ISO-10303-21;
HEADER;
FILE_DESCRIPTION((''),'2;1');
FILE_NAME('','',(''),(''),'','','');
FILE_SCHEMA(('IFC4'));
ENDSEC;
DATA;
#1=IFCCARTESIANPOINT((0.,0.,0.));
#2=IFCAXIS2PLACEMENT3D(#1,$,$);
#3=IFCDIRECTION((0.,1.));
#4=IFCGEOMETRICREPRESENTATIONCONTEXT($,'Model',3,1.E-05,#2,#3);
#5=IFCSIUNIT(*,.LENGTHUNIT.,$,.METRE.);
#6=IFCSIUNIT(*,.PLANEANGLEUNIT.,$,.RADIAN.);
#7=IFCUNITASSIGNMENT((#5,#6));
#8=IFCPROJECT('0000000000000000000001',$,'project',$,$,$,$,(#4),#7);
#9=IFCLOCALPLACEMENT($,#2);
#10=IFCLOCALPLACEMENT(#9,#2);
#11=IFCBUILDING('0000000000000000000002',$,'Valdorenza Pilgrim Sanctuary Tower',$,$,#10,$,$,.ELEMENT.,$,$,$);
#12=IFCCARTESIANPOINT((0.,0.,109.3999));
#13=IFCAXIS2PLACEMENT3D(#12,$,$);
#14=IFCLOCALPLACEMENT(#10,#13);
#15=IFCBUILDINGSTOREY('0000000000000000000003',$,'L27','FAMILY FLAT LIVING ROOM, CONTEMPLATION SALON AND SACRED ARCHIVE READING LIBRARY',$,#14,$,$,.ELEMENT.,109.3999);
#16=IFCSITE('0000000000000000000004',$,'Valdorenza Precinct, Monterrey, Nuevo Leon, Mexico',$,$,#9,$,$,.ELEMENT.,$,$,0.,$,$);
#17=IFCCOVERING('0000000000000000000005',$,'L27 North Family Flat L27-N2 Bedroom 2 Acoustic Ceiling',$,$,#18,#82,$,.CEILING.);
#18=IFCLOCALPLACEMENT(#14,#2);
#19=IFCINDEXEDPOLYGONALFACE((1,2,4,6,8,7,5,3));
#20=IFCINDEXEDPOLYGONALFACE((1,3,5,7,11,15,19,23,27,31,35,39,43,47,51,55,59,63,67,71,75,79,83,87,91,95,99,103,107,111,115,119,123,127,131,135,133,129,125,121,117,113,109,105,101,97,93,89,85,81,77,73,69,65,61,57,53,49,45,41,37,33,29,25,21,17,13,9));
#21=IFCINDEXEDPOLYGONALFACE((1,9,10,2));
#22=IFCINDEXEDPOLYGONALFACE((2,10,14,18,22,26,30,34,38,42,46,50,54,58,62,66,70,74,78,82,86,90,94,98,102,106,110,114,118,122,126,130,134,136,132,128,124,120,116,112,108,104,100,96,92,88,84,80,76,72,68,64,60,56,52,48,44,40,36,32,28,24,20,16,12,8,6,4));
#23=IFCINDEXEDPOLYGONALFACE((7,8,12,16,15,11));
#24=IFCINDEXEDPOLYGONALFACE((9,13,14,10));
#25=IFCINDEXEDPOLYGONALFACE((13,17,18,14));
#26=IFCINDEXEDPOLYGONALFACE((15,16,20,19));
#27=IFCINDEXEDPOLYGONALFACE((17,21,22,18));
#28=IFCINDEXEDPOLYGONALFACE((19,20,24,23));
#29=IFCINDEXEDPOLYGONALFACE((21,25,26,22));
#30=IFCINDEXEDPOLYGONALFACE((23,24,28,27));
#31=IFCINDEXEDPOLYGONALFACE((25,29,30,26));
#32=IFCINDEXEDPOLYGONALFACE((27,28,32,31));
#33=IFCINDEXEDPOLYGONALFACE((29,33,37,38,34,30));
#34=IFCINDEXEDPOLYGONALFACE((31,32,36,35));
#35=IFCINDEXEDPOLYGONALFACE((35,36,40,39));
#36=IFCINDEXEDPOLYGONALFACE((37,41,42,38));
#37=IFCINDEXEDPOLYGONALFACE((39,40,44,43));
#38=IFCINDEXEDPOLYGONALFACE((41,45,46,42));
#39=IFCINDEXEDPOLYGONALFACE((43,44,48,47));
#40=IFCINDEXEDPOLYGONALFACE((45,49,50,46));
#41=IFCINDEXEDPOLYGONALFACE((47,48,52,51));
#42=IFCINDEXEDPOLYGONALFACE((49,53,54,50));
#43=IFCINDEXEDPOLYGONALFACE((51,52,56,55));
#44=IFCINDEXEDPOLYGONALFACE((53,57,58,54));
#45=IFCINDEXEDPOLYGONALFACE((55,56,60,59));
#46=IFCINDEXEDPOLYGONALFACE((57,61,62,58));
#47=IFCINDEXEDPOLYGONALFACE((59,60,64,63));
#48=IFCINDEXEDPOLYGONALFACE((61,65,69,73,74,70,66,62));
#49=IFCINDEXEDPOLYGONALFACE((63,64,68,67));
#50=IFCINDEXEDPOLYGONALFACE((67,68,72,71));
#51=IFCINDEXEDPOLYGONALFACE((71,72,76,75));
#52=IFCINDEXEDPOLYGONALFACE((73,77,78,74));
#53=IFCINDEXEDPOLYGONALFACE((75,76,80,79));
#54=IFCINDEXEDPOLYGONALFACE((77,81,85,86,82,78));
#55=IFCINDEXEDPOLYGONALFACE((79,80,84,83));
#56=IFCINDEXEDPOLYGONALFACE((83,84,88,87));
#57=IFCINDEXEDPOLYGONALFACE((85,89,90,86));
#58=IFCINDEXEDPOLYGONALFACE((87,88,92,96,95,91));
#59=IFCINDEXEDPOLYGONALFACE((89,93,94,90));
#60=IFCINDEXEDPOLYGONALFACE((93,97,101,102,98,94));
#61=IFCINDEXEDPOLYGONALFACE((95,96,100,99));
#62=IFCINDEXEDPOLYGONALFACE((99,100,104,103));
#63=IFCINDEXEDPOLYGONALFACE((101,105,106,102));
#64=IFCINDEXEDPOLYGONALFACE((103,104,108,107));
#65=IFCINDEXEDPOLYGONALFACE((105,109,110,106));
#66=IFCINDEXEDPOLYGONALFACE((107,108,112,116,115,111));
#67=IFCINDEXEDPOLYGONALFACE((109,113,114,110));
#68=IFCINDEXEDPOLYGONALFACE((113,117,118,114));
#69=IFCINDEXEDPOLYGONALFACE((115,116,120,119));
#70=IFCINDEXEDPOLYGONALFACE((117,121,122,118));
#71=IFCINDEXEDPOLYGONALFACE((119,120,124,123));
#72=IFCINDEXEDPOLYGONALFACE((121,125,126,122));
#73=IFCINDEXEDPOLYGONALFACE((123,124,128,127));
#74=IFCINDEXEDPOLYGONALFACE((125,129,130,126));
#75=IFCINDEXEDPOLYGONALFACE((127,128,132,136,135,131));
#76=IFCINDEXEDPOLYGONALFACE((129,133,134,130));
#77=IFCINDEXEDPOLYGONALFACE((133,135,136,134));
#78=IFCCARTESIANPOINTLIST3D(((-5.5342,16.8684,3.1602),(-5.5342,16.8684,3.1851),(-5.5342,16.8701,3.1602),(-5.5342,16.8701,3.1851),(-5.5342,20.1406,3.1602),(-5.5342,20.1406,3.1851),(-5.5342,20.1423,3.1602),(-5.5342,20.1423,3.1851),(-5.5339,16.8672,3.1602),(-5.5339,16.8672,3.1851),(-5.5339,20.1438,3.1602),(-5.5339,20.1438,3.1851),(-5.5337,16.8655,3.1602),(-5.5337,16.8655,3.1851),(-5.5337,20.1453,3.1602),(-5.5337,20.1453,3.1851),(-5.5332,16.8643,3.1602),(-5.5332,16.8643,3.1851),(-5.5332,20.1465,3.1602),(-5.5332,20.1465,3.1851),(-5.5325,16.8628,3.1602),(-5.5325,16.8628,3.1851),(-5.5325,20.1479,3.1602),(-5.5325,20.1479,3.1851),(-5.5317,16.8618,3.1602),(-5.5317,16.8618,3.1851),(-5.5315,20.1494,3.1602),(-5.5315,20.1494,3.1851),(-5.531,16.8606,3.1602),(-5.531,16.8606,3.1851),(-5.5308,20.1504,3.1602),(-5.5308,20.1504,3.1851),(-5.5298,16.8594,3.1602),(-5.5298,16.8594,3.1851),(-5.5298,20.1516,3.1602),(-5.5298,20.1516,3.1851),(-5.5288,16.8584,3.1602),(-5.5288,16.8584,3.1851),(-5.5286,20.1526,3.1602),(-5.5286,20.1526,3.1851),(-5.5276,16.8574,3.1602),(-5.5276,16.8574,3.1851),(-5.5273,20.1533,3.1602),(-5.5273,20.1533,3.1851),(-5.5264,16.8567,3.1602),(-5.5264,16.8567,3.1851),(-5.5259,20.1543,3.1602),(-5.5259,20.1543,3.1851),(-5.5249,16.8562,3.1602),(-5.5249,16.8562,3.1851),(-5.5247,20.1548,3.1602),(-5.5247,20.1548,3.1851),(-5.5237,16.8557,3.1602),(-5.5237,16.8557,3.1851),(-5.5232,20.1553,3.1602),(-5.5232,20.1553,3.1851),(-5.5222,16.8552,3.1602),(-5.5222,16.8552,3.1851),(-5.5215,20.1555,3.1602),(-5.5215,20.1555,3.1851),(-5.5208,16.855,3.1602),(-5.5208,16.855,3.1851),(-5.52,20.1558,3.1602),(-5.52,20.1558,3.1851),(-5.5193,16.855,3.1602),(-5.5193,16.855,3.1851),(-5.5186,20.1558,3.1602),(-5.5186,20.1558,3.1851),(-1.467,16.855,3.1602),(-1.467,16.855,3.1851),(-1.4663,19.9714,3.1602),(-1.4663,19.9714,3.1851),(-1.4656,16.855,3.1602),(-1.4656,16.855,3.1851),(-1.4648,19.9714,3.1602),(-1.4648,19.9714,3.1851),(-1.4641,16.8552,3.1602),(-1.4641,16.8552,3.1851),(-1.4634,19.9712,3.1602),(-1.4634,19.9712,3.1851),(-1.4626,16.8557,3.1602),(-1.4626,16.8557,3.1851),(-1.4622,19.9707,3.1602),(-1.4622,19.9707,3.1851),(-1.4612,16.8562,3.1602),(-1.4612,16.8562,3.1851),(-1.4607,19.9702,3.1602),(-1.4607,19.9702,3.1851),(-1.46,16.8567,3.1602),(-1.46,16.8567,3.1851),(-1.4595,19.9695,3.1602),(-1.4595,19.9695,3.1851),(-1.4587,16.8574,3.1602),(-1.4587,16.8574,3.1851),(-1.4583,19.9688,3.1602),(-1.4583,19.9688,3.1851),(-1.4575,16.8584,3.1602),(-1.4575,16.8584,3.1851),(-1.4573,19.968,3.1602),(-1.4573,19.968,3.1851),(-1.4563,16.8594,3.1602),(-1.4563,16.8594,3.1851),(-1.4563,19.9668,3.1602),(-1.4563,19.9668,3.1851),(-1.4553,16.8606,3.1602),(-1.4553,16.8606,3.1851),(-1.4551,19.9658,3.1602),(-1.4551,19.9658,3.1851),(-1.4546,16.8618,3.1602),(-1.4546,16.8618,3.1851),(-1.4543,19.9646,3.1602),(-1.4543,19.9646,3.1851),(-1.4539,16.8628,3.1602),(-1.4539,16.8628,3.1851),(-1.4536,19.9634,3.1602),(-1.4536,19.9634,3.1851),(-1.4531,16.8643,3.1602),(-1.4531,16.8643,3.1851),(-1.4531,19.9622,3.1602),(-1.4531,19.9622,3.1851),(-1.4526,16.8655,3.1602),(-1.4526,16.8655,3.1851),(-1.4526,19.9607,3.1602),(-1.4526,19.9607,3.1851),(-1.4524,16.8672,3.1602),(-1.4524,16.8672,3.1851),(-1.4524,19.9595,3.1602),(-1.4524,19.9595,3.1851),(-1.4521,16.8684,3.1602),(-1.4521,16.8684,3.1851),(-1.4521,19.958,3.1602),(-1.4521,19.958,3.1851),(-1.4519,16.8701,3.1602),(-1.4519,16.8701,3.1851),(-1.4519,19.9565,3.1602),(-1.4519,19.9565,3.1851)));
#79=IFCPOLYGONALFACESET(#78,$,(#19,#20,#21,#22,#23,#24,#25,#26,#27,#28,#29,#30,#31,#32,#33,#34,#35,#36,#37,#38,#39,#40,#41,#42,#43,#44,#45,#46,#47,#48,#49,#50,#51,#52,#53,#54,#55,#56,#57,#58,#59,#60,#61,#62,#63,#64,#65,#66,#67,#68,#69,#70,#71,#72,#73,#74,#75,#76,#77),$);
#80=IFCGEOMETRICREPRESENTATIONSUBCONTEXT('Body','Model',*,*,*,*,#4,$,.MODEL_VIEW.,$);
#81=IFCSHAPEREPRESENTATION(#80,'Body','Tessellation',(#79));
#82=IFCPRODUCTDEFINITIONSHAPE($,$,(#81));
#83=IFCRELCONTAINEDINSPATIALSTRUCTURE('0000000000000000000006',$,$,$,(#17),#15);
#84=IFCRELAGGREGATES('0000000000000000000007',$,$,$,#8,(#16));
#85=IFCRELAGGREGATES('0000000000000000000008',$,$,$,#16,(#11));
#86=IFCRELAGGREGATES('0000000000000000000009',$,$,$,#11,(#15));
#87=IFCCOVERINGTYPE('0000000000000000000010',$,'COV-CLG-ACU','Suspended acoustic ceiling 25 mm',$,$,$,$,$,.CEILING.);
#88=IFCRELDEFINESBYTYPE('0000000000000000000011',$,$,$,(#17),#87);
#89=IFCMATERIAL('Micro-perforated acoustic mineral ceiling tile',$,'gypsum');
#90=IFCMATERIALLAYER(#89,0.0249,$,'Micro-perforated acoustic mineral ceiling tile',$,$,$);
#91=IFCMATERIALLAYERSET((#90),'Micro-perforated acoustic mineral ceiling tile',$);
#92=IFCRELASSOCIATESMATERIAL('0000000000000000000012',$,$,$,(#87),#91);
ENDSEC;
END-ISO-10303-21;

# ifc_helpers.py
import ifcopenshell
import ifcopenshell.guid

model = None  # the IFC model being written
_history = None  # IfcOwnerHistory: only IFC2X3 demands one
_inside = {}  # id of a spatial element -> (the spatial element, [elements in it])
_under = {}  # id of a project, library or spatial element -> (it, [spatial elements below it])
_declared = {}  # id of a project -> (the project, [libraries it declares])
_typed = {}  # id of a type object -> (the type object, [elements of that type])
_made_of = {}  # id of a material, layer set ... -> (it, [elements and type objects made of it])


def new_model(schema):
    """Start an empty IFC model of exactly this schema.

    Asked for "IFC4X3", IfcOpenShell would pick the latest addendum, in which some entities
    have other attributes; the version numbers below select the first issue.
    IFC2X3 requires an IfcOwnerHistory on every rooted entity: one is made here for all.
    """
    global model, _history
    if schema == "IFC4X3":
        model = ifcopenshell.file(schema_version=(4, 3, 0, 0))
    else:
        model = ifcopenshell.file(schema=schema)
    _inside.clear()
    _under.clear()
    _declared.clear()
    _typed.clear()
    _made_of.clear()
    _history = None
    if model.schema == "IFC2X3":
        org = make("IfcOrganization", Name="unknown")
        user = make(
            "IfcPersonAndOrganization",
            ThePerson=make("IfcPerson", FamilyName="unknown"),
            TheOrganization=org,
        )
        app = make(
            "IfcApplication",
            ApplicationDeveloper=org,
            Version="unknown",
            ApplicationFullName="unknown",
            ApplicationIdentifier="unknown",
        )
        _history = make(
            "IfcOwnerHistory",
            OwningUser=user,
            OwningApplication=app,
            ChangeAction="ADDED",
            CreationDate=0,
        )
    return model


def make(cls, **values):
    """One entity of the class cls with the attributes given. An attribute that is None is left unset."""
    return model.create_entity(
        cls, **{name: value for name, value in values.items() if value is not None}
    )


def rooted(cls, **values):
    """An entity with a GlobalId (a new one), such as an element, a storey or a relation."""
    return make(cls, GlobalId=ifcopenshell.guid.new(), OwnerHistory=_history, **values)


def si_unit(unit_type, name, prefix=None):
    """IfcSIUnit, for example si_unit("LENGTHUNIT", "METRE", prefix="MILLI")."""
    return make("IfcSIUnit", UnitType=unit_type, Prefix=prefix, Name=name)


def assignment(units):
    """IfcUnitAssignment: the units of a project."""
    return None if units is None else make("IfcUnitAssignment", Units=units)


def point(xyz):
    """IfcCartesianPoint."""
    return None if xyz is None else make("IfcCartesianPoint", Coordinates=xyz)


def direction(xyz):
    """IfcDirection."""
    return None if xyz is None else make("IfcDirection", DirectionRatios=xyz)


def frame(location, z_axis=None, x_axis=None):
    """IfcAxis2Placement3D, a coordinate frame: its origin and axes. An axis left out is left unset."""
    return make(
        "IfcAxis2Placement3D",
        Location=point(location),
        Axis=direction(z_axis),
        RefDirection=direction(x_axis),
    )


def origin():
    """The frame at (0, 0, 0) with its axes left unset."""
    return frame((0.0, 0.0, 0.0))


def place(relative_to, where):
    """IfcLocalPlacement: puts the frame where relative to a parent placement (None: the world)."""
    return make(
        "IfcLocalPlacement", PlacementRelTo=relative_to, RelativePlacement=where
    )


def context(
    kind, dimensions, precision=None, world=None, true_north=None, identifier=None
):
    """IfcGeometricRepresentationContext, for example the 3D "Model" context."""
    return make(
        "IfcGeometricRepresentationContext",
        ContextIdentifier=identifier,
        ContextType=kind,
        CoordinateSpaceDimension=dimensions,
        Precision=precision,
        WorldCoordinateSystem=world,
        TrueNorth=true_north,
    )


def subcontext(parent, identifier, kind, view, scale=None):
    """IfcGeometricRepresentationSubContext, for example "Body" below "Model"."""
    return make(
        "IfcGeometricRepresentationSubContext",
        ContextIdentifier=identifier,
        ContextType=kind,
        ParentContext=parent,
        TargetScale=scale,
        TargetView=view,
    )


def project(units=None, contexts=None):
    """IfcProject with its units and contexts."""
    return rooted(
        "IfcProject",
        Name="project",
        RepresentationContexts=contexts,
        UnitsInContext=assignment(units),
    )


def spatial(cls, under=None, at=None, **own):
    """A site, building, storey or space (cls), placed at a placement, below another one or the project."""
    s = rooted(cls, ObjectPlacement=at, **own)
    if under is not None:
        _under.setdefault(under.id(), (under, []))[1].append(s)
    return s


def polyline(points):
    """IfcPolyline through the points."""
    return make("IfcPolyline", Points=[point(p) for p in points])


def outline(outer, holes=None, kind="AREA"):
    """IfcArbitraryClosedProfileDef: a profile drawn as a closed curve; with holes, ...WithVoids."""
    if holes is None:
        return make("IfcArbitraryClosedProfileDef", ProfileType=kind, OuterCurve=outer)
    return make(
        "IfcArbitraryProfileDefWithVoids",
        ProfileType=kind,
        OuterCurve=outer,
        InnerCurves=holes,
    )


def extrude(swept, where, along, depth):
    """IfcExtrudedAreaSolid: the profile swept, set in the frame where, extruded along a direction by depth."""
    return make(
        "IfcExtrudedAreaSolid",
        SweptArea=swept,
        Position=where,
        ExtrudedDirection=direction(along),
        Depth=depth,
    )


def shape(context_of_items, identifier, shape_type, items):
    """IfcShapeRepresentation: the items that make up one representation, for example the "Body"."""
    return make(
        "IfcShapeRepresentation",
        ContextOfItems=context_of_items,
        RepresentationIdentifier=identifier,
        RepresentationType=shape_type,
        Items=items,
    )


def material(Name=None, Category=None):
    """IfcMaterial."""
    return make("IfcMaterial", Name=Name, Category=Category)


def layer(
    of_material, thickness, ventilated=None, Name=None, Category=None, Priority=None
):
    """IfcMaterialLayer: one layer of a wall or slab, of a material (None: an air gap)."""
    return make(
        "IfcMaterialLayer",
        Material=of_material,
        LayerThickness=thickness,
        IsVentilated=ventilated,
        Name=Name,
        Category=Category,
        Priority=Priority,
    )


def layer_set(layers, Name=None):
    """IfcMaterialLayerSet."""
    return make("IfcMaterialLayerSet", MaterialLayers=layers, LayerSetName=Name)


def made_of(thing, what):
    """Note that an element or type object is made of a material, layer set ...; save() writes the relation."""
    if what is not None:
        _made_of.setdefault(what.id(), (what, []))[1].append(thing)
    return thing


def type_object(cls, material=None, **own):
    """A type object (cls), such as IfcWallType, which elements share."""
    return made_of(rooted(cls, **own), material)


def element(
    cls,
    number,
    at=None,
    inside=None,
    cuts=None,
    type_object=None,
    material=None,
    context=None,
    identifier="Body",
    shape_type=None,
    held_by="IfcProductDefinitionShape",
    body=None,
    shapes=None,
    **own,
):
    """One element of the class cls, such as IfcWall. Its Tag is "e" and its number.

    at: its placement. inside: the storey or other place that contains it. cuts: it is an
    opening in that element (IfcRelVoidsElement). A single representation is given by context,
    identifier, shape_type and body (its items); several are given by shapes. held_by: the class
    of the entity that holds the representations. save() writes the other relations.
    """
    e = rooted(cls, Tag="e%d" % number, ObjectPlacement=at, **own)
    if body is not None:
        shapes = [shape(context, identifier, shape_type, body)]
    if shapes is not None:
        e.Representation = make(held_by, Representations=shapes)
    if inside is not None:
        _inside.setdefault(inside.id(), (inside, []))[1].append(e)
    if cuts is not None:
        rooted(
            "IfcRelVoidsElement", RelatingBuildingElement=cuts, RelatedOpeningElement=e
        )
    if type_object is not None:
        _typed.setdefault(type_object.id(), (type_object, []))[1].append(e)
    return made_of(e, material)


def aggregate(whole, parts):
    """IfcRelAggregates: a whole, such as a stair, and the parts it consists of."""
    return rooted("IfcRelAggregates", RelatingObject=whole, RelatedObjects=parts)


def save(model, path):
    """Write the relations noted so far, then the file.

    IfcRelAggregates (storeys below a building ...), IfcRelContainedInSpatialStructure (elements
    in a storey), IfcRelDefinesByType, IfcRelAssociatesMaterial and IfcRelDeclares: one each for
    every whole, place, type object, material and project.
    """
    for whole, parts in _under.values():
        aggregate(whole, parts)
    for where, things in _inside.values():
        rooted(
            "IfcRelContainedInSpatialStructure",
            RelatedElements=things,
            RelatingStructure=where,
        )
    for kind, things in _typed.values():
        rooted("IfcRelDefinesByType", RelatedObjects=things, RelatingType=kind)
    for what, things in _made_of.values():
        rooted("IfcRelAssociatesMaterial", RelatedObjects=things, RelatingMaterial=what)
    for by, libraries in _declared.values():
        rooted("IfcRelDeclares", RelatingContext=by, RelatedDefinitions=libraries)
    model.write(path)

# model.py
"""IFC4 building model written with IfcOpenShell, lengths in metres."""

from ifc_helpers import new_model, si_unit, direction, frame, origin, place, context, subcontext, project, spatial, polyline, outline, extrude, material, layer, layer_set, type_object, element, save


model = new_model("IFC4")

# Units and contexts
model_context = context("Model", 3, precision=1e-05, world=origin(), true_north=direction((0.0, 1.0)))
body_context = subcontext(model_context, "Body", "Model", "MODEL_VIEW")
ifc_project = project(units=[si_unit("LENGTHUNIT", "METRE"), si_unit("PLANEANGLEUNIT", "RADIAN")], contexts=[model_context])

# Site, building, storey
site_placement = place(None, origin())
site = spatial("IfcSite", under=ifc_project, at=site_placement, Name="Valdorenza Precinct, Monterrey, Nuevo Leon, Mexico", CompositionType="ELEMENT", RefElevation=0.0)
building_placement = place(site_placement, origin())
building = spatial("IfcBuilding", under=site, at=building_placement, Name="Valdorenza Pilgrim Sanctuary Tower", CompositionType="ELEMENT")
storey_placement = place(building_placement, frame((0.0, 0.0, 109.3999)))
storey = spatial("IfcBuildingStorey", under=building, at=storey_placement, Name="L27", Description="FAMILY FLAT LIVING ROOM, CONTEMPLATION SALON AND SACRED ARCHIVE READING LIBRARY", CompositionType="ELEMENT", Elevation=109.3999)

# Covering
ifc_material_1 = material(Name="Micro-perforated acoustic mineral ceiling tile", Category="gypsum")
ifc_layer_1 = layer(ifc_material_1, 0.0249, Name="Micro-perforated acoustic mineral ceiling tile")
ifc_layer_set_1 = layer_set([ifc_layer_1], Name="Micro-perforated acoustic mineral ceiling tile")
covering_type_1 = type_object("IfcCoveringType", Name="COV-CLG-ACU", Description="Suspended acoustic ceiling 25 mm", PredefinedType="CEILING", material=ifc_layer_set_1)
covering_1_placement = place(storey_placement, frame((0.0, 0.0, 3.1602)))
element("IfcCovering", 1, at=covering_1_placement, inside=storey, type_object=covering_type_1, Name="L27 North Family Flat L27-N2 Bedroom 2 Acoustic Ceiling", PredefinedType="CEILING", context=body_context, shape_type="SweptSolid", body=[
    extrude(outline(polyline([(-5.5193, 16.855), (-5.5208, 16.855), (-5.5222, 16.8552), (-5.5237, 16.8557), (-5.5249, 16.8562), (-5.5264, 16.8567), (-5.5276, 16.8574), (-5.5288, 16.8584), (-5.5298, 16.8594), (-5.531, 16.8606), (-5.5317, 16.8618), (-5.5325, 16.8628), (-5.5332, 16.8643), (-5.5337, 16.8655), (-5.5339, 16.8672), (-5.5342, 16.8684), (-5.5342, 16.8701), (-5.5342, 20.1406), (-5.5342, 20.1423), (-5.5339, 20.1438), (-5.5337, 20.1453), (-5.5332, 20.1465), (-5.5325, 20.1479), (-5.5315, 20.1494), (-5.5308, 20.1504), (-5.5298, 20.1516), (-5.5286, 20.1526), (-5.5273, 20.1533), (-5.5259, 20.1543), (-5.5247, 20.1548), (-5.5232, 20.1553), (-5.5215, 20.1555), (-5.52, 20.1558), (-5.5186, 20.1558), (-1.4663, 19.9714), (-1.4648, 19.9714), (-1.4634, 19.9712), (-1.4622, 19.9707), (-1.4607, 19.9702), (-1.4595, 19.9695), (-1.4583, 19.9688), (-1.4573, 19.968), (-1.4563, 19.9668), (-1.4551, 19.9658), (-1.4543, 19.9646), (-1.4536, 19.9634), (-1.4531, 19.9622), (-1.4526, 19.9607), (-1.4524, 19.9595), (-1.4521, 19.958), (-1.4519, 19.9565), (-1.4519, 16.8701), (-1.4521, 16.8684), (-1.4524, 16.8672), (-1.4526, 16.8655), (-1.4531, 16.8643), (-1.4539, 16.8628), (-1.4546, 16.8618), (-1.4553, 16.8606), (-1.4563, 16.8594), (-1.4575, 16.8584), (-1.4587, 16.8574), (-1.46, 16.8567), (-1.4612, 16.8562), (-1.4626, 16.8557), (-1.4641, 16.8552), (-1.4656, 16.855), (-1.467, 16.855), (-5.5193, 16.855)])), origin(), (0.0, 0.0, 1.0), 0.0249),
])

save(model, "model.ifc")
